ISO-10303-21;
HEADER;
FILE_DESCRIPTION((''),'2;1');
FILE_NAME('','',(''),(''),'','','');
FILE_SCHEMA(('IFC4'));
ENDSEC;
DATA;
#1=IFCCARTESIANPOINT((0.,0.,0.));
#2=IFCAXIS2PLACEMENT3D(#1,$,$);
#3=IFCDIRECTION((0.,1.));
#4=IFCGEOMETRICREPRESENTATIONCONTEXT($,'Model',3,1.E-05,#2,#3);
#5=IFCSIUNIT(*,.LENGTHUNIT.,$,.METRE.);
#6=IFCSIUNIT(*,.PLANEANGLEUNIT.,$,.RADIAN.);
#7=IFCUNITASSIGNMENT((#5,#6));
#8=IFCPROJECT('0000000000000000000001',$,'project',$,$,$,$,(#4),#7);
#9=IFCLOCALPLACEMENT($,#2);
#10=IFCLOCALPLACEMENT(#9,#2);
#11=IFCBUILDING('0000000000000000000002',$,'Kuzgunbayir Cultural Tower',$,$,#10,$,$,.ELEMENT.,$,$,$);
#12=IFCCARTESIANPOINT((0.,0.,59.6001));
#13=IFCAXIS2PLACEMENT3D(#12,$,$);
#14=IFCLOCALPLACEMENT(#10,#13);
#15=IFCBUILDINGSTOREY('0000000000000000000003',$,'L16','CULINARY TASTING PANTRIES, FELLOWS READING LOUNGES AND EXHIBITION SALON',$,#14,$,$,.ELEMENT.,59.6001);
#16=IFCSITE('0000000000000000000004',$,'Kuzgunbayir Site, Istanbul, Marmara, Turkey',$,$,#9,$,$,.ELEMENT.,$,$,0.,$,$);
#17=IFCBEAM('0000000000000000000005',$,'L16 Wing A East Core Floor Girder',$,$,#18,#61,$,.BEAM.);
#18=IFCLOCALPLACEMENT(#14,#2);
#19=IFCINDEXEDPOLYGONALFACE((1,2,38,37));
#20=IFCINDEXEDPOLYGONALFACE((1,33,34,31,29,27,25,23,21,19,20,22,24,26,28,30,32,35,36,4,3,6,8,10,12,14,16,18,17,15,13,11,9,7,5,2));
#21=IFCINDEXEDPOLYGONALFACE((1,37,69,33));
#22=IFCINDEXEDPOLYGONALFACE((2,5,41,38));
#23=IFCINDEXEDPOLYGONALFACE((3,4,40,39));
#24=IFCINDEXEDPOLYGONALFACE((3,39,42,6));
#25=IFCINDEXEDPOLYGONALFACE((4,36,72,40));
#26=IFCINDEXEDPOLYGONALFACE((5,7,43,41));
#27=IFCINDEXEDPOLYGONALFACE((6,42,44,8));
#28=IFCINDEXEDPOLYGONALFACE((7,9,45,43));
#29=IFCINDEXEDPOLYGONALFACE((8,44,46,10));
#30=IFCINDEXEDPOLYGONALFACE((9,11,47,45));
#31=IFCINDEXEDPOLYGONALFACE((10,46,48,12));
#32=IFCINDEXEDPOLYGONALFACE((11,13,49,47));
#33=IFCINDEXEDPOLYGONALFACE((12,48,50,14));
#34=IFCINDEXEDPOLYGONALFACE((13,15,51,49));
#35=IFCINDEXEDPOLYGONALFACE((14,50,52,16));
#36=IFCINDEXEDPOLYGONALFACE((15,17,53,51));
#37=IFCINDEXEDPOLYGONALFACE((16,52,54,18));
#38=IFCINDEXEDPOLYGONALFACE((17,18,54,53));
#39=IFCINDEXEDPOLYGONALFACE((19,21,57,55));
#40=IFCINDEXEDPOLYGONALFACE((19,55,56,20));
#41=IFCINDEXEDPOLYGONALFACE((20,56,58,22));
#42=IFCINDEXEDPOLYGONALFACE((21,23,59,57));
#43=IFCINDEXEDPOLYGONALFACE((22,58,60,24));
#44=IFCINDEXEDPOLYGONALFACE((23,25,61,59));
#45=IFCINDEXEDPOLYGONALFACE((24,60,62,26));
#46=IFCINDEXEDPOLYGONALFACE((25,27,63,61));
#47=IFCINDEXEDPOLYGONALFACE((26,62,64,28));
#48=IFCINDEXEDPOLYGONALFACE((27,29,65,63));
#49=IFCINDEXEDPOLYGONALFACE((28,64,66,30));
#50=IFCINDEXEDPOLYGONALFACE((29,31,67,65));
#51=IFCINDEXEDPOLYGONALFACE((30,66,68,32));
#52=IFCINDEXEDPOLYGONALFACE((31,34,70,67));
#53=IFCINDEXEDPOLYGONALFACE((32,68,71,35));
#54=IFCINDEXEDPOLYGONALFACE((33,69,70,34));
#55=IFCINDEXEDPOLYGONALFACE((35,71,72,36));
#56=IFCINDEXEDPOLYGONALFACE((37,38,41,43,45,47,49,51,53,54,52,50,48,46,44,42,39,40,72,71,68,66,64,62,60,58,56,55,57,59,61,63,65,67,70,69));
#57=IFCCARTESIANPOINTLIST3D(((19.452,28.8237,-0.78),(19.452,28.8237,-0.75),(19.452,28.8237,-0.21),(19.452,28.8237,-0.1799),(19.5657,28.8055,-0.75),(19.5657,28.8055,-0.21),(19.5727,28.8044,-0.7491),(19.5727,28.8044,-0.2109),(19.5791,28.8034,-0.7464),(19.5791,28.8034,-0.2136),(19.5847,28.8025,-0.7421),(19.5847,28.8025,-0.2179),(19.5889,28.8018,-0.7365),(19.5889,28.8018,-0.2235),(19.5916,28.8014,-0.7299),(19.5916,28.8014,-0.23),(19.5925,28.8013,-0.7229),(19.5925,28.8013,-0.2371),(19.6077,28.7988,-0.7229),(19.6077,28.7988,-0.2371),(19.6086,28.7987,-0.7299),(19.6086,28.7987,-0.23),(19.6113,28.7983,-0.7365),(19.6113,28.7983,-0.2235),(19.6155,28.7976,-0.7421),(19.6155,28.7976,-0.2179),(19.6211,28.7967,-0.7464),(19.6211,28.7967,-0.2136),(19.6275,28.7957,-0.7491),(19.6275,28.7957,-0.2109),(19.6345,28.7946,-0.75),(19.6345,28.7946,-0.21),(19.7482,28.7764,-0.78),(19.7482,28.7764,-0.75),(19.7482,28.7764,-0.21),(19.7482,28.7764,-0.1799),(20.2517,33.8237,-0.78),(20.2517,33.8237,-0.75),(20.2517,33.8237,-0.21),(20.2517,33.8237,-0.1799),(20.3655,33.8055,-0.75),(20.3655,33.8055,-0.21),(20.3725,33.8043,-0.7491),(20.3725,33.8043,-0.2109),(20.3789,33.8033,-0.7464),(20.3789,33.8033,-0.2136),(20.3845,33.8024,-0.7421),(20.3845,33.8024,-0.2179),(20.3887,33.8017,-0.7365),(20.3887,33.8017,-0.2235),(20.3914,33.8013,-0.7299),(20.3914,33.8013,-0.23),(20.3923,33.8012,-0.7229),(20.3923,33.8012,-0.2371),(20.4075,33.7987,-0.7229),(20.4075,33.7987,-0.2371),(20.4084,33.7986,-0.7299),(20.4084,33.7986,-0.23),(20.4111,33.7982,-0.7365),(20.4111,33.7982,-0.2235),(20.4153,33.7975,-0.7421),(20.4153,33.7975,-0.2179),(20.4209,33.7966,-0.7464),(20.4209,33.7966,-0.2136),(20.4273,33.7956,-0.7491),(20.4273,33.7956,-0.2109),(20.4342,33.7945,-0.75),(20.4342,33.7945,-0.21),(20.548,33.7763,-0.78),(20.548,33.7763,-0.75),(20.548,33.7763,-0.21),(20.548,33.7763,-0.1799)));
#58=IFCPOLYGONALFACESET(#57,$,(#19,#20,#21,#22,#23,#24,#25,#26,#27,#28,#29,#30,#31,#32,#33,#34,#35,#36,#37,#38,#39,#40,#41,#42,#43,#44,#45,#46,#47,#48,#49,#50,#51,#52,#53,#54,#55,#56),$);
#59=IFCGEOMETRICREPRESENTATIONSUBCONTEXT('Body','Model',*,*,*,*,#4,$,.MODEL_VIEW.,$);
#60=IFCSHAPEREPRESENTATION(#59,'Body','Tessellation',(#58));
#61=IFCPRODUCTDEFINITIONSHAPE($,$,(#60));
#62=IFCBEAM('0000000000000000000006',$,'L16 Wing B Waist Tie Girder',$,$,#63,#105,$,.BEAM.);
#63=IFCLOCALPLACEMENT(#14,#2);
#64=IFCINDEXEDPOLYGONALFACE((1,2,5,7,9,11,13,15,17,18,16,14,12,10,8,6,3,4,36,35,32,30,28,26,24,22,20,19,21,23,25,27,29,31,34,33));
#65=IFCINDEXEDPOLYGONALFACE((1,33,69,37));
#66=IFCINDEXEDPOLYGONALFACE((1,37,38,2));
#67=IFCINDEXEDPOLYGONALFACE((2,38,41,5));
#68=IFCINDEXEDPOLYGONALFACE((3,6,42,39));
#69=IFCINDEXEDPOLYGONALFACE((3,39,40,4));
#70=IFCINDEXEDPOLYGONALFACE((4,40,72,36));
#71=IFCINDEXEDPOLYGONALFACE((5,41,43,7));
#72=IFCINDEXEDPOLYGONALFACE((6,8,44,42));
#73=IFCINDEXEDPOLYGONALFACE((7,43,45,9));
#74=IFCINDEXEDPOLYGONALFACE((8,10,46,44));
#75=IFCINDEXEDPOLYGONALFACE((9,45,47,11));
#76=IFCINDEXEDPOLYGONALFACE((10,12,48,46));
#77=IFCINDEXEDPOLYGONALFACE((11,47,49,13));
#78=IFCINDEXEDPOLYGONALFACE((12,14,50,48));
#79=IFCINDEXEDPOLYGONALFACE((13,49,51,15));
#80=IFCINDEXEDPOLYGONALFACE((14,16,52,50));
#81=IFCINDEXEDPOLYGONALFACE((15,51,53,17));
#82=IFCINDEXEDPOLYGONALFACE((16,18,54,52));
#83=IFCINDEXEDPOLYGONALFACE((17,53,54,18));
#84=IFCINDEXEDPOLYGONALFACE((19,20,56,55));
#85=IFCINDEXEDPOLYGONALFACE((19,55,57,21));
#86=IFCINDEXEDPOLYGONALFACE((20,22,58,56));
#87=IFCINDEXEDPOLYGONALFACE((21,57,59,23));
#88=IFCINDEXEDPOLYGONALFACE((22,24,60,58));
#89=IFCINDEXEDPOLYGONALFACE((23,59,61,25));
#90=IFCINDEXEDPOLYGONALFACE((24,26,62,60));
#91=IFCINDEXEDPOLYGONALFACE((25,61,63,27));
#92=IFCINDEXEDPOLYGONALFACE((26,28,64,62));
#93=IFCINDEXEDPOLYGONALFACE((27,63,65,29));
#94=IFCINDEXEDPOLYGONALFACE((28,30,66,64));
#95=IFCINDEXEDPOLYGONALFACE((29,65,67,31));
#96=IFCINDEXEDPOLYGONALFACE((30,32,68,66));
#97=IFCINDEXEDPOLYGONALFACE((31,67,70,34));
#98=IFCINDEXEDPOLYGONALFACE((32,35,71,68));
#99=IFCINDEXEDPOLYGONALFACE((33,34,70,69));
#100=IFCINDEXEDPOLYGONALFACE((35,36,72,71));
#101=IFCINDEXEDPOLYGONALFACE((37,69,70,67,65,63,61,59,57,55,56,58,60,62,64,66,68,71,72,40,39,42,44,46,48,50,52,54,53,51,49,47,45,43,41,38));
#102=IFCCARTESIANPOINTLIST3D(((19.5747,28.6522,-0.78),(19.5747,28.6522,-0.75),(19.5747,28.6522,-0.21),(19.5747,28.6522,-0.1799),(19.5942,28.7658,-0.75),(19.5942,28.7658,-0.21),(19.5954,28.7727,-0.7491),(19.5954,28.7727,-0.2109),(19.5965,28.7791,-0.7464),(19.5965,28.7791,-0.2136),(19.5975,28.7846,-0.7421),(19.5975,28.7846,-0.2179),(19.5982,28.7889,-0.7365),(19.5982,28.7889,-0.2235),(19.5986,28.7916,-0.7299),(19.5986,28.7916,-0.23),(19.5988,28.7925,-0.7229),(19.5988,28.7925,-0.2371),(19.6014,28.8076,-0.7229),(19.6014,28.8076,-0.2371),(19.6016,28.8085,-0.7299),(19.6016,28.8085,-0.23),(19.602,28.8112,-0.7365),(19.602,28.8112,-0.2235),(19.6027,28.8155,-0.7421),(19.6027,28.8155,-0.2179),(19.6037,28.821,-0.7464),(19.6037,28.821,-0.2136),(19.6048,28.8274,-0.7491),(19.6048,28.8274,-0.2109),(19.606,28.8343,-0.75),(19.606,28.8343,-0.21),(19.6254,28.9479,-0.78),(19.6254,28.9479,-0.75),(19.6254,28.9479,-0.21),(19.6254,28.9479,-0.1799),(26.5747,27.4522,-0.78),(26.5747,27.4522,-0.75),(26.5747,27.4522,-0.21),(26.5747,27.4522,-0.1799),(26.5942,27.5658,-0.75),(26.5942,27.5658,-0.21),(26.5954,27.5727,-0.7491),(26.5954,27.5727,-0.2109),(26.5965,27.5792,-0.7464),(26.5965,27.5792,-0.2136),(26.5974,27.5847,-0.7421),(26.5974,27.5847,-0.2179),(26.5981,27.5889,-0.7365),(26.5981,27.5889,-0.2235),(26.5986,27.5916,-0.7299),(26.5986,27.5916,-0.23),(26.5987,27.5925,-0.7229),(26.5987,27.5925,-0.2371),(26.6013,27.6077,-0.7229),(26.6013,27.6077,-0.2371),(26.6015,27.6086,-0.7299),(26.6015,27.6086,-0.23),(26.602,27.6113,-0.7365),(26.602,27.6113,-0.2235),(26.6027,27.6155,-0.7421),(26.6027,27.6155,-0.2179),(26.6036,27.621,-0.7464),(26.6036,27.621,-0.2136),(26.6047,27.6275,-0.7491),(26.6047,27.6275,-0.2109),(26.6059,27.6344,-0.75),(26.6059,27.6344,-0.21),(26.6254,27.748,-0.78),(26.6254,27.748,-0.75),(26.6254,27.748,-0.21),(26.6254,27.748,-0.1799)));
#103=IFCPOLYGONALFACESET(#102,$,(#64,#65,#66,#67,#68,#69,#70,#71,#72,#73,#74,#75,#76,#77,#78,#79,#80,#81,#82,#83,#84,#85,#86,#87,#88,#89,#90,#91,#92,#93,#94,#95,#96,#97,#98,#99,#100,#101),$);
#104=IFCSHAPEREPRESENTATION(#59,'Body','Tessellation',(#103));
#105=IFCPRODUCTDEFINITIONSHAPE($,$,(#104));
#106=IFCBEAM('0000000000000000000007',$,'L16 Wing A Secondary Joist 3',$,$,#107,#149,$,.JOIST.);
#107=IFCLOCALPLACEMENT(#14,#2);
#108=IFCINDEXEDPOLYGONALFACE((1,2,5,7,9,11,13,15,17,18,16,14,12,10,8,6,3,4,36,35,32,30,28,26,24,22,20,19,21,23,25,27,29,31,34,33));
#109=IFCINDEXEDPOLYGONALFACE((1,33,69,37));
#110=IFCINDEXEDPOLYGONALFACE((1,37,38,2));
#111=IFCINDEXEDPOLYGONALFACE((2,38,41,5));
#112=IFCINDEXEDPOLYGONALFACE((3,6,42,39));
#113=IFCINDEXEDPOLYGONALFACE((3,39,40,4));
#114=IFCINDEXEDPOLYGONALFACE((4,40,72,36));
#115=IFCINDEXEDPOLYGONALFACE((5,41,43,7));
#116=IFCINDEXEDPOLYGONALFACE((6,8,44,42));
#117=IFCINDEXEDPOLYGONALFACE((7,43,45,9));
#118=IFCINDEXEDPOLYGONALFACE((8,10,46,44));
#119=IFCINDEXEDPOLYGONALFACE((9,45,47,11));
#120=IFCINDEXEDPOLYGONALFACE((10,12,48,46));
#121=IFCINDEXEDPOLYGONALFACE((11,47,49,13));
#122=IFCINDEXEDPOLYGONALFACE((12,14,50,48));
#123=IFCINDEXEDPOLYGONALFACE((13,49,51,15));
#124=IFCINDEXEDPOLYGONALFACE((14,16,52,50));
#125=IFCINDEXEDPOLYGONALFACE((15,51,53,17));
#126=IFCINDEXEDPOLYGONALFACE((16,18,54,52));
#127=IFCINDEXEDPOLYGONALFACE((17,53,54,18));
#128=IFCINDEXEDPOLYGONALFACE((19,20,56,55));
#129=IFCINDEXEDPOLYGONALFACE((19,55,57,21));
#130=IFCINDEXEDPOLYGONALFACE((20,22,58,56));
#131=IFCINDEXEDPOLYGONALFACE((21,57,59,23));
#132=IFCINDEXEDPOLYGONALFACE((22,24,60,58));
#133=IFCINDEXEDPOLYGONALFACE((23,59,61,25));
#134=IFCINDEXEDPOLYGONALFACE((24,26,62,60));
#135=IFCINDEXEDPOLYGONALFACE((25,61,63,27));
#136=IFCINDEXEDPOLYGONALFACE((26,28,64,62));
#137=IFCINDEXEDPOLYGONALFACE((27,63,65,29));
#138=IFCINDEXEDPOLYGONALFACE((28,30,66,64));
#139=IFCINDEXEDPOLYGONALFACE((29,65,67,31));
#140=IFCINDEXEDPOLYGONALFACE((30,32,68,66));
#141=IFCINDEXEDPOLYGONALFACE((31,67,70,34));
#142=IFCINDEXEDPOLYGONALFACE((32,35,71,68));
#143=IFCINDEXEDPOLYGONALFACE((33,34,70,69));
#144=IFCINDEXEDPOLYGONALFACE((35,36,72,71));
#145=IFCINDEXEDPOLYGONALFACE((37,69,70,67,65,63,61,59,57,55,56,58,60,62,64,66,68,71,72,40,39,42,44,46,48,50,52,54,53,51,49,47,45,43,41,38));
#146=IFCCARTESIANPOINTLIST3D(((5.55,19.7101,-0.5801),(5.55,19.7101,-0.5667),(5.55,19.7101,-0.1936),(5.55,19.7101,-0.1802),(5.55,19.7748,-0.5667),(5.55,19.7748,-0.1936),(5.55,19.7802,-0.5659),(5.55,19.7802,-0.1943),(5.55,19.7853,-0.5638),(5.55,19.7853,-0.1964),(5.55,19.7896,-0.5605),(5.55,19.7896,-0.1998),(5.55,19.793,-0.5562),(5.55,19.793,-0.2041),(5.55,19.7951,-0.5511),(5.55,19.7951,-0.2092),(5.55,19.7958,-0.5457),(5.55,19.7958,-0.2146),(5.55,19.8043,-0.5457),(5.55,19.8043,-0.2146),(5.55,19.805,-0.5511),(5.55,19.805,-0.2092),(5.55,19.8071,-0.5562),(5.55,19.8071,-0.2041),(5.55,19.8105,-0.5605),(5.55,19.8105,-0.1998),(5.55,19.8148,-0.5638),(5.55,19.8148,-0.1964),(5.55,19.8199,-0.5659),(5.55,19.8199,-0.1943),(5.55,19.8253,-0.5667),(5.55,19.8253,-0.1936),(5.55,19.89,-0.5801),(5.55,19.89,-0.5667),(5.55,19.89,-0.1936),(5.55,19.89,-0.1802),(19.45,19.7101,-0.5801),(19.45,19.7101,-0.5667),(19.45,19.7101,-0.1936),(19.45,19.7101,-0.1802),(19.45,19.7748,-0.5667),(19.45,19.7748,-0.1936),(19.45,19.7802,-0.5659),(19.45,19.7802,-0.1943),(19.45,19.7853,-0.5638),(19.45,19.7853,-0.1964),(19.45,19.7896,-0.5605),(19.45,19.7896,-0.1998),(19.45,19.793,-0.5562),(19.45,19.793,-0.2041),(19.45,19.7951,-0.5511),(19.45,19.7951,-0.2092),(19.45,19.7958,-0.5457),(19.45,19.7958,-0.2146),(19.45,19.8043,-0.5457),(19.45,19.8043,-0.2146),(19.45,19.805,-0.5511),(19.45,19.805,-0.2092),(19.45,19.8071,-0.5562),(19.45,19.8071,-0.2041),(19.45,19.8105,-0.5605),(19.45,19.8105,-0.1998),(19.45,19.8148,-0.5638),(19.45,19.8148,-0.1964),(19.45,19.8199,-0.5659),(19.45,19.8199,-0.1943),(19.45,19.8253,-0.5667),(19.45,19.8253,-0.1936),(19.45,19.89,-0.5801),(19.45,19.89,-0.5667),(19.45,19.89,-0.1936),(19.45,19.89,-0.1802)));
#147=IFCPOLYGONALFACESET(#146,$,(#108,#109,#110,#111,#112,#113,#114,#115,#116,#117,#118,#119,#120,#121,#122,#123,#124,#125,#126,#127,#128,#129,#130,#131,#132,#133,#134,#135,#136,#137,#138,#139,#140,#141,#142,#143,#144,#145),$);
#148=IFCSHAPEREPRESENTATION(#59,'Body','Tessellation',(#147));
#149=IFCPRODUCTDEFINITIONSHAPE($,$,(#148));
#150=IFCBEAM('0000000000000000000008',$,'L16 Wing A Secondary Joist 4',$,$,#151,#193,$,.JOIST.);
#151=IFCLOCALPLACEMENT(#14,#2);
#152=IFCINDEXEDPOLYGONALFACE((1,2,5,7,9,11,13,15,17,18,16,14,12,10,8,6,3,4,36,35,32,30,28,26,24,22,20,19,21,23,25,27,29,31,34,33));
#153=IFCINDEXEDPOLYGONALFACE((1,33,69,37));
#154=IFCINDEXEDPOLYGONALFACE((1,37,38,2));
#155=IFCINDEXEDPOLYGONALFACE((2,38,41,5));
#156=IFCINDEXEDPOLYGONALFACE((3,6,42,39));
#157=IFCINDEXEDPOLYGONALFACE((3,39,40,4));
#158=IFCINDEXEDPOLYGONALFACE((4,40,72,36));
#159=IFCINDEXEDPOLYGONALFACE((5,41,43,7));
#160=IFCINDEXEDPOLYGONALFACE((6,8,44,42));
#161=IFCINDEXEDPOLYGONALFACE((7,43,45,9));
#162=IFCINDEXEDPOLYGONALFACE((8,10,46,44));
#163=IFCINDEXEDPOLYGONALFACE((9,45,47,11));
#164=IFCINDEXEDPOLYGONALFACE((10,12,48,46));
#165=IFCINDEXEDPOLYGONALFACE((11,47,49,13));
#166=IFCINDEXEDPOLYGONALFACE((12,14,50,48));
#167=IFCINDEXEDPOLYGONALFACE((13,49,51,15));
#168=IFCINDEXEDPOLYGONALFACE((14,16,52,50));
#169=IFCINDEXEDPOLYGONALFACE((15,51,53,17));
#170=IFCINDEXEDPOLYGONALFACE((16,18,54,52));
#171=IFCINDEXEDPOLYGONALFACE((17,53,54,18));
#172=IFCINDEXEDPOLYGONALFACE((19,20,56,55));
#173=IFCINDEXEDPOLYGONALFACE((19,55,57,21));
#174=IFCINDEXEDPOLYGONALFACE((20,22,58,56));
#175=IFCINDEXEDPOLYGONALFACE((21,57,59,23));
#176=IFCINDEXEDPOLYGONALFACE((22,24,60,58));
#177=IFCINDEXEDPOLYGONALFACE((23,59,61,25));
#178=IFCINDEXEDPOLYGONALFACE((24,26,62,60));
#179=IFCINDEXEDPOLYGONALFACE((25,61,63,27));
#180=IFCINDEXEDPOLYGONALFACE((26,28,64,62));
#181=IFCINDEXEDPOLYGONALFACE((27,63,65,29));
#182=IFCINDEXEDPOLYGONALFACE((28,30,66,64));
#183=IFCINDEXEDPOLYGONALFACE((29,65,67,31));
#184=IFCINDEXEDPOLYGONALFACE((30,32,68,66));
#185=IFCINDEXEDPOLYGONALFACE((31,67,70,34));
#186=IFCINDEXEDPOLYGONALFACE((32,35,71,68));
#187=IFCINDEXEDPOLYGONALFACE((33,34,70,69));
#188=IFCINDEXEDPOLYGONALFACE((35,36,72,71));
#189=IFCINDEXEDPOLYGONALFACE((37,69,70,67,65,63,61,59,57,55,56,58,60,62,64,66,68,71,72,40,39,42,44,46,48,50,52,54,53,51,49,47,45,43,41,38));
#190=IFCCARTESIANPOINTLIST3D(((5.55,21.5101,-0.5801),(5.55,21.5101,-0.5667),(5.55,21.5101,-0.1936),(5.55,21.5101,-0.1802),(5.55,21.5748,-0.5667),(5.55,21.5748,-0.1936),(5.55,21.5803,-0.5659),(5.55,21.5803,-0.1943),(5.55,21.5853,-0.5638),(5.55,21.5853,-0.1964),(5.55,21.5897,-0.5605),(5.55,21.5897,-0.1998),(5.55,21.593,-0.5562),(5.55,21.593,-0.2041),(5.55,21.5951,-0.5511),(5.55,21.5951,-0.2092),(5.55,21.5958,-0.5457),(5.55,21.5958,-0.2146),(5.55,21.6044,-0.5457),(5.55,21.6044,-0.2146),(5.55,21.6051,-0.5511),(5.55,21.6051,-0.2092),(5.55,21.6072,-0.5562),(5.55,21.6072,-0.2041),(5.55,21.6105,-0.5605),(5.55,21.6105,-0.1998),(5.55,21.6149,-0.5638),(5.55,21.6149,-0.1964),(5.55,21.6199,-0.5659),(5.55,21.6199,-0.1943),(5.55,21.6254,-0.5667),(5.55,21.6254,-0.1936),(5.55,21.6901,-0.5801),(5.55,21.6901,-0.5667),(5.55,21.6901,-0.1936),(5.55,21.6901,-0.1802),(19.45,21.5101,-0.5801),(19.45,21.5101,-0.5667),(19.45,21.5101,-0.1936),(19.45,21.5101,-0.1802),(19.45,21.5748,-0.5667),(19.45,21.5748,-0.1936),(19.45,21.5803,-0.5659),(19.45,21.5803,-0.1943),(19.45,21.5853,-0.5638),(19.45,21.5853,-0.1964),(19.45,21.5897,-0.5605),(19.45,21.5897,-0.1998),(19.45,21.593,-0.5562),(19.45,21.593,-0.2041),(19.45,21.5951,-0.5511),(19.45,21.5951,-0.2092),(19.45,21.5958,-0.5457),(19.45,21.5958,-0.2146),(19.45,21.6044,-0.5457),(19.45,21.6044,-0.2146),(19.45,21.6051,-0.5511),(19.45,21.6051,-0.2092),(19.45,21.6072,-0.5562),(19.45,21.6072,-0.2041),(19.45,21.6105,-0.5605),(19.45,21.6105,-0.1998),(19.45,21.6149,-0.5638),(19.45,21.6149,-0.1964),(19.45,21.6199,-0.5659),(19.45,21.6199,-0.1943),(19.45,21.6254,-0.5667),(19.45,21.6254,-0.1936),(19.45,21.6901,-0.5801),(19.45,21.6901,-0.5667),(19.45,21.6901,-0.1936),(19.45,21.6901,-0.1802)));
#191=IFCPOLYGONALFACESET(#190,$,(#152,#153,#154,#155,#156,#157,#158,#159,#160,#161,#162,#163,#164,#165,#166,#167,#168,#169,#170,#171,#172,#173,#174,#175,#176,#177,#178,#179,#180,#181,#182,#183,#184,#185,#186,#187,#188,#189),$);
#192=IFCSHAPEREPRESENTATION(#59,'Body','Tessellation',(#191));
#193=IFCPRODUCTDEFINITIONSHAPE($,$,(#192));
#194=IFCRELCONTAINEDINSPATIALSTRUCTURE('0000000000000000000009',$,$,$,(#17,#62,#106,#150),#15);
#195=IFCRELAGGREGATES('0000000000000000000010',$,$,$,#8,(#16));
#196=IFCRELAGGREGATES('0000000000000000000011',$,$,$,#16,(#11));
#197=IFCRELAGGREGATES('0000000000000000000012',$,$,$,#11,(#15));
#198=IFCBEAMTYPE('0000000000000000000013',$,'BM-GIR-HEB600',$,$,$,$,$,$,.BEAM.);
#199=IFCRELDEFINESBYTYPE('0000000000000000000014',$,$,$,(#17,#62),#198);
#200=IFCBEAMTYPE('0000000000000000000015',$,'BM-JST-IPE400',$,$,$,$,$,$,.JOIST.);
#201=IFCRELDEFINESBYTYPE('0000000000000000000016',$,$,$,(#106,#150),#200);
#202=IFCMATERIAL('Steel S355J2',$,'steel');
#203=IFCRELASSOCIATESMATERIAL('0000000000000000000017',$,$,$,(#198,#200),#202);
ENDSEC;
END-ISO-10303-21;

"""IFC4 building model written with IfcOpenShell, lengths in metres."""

from ifc_helpers import new_model, si_unit, direction, frame, origin, origin_2d, place, context, subcontext, project, spatial, i_section, extrude, material, material_profile, profile_set, type_object, element, save


model = new_model("IFC4")

# Units and contexts
model_context = context("Model", 3, precision=1e-05, world=origin(), true_north=direction((0.0, 1.0)))
body_context = subcontext(model_context, "Body", "Model", "MODEL_VIEW")
ifc_project = project(units=[si_unit("LENGTHUNIT", "METRE"), si_unit("PLANEANGLEUNIT", "RADIAN")], contexts=[model_context])

# Site, building, storey
site_placement = place(None, origin())
site = spatial("IfcSite", under=ifc_project, at=site_placement, Name="Kuzgunbayir Site, Istanbul, Marmara, Turkey", CompositionType="ELEMENT", RefElevation=0.0)
building_placement = place(site_placement, origin())
building = spatial("IfcBuilding", under=site, at=building_placement, Name="Kuzgunbayir Cultural Tower", CompositionType="ELEMENT")
storey_placement = place(building_placement, frame((0.0, 0.0, 59.6001)))
storey = spatial("IfcBuildingStorey", under=building, at=storey_placement, Name="L16", Description="CULINARY TASTING PANTRIES, FELLOWS READING LOUNGES AND EXHIBITION SALON", CompositionType="ELEMENT", Elevation=59.6001)

# Beams
ifc_material_1 = material(Name="Steel S355J2", Category="steel")
ifc_material_profile_1 = material_profile(ifc_material_1, i_section(OverallWidth=0.3, OverallDepth=0.6001, WebThickness=0.0154, FlangeThickness=0.03, FilletRadius=0.0271, at=origin_2d()), Name="HEB 600")
ifc_profile_set_1 = profile_set([ifc_material_profile_1], Name="Steel S355J2")
beam_type_1 = type_object("IfcBeamType", Name="BM-GIR-HEB600", PredefinedType="BEAM", material=ifc_profile_set_1)
beam_1_placement = place(storey_placement, frame((19.6001, 28.8, -0.48), z_axis=(0.157953, 0.987447, 0.0), x_axis=(-0.987447, 0.157953, 0.0)))
element("IfcBeam", 1, at=beam_1_placement, inside=storey, type_object=beam_type_1, Name="L16 Wing A East Core Floor Girder", PredefinedType="BEAM", context=body_context, shape_type="SweptSolid", body=[
    extrude(i_section(OverallWidth=0.3, OverallDepth=0.6001, WebThickness=0.0154, FlangeThickness=0.03, FilletRadius=0.0271, at=origin_2d()), origin(), (0.0, 0.0, 1.0), 5.0635),
])
beam_2_placement = place(storey_placement, frame((19.6001, 28.8, -0.48), z_axis=(0.985623, -0.168957, 0.0), x_axis=(0.168957, 0.985623, 0.0)))
element("IfcBeam", 2, at=beam_2_placement, inside=storey, type_object=beam_type_1, Name="L16 Wing B Waist Tie Girder", PredefinedType="BEAM", context=body_context, shape_type="SweptSolid", body=[
    extrude(i_section(OverallWidth=0.3, OverallDepth=0.6001, WebThickness=0.0154, FlangeThickness=0.03, FilletRadius=0.0271, at=origin_2d()), origin(), (0.0, 0.0, 1.0), 7.1021),
])
ifc_material_profile_2 = material_profile(ifc_material_1, i_section(OverallWidth=0.1799, OverallDepth=0.3999, WebThickness=0.0085, FlangeThickness=0.0134, FilletRadius=0.021, at=origin_2d()), Name="IPE 400")
ifc_profile_set_2 = profile_set([ifc_material_profile_2], Name="Steel S355J2")
beam_type_2 = type_object("IfcBeamType", Name="BM-JST-IPE400", PredefinedType="JOIST", material=ifc_profile_set_2)
for number, where, z_axis, x_axis, name in (
    (3, (5.55, 19.8, -0.3801), (1.0, 0.0, 0.0), (0.0, 1.0, 0.0), "L16 Wing A Secondary Joist 3"),
    (4, (5.55, 21.6001, -0.3801), (1.0, 0.0, 0.0), (0.0, 1.0, 0.0), "L16 Wing A Secondary Joist 4"),
):
    element("IfcBeam", number, at=place(storey_placement, frame(where, z_axis=z_axis, x_axis=x_axis)), inside=storey, type_object=beam_type_2, Name=name, PredefinedType="JOIST", context=body_context, shape_type="SweptSolid", body=[
        extrude(i_section(OverallWidth=0.1799, OverallDepth=0.3999, WebThickness=0.0085, FlangeThickness=0.0134, FilletRadius=0.021, at=origin_2d()), origin(), (0.0, 0.0, 1.0), 13.8999),
    ])

save(model, "model.ifc")
